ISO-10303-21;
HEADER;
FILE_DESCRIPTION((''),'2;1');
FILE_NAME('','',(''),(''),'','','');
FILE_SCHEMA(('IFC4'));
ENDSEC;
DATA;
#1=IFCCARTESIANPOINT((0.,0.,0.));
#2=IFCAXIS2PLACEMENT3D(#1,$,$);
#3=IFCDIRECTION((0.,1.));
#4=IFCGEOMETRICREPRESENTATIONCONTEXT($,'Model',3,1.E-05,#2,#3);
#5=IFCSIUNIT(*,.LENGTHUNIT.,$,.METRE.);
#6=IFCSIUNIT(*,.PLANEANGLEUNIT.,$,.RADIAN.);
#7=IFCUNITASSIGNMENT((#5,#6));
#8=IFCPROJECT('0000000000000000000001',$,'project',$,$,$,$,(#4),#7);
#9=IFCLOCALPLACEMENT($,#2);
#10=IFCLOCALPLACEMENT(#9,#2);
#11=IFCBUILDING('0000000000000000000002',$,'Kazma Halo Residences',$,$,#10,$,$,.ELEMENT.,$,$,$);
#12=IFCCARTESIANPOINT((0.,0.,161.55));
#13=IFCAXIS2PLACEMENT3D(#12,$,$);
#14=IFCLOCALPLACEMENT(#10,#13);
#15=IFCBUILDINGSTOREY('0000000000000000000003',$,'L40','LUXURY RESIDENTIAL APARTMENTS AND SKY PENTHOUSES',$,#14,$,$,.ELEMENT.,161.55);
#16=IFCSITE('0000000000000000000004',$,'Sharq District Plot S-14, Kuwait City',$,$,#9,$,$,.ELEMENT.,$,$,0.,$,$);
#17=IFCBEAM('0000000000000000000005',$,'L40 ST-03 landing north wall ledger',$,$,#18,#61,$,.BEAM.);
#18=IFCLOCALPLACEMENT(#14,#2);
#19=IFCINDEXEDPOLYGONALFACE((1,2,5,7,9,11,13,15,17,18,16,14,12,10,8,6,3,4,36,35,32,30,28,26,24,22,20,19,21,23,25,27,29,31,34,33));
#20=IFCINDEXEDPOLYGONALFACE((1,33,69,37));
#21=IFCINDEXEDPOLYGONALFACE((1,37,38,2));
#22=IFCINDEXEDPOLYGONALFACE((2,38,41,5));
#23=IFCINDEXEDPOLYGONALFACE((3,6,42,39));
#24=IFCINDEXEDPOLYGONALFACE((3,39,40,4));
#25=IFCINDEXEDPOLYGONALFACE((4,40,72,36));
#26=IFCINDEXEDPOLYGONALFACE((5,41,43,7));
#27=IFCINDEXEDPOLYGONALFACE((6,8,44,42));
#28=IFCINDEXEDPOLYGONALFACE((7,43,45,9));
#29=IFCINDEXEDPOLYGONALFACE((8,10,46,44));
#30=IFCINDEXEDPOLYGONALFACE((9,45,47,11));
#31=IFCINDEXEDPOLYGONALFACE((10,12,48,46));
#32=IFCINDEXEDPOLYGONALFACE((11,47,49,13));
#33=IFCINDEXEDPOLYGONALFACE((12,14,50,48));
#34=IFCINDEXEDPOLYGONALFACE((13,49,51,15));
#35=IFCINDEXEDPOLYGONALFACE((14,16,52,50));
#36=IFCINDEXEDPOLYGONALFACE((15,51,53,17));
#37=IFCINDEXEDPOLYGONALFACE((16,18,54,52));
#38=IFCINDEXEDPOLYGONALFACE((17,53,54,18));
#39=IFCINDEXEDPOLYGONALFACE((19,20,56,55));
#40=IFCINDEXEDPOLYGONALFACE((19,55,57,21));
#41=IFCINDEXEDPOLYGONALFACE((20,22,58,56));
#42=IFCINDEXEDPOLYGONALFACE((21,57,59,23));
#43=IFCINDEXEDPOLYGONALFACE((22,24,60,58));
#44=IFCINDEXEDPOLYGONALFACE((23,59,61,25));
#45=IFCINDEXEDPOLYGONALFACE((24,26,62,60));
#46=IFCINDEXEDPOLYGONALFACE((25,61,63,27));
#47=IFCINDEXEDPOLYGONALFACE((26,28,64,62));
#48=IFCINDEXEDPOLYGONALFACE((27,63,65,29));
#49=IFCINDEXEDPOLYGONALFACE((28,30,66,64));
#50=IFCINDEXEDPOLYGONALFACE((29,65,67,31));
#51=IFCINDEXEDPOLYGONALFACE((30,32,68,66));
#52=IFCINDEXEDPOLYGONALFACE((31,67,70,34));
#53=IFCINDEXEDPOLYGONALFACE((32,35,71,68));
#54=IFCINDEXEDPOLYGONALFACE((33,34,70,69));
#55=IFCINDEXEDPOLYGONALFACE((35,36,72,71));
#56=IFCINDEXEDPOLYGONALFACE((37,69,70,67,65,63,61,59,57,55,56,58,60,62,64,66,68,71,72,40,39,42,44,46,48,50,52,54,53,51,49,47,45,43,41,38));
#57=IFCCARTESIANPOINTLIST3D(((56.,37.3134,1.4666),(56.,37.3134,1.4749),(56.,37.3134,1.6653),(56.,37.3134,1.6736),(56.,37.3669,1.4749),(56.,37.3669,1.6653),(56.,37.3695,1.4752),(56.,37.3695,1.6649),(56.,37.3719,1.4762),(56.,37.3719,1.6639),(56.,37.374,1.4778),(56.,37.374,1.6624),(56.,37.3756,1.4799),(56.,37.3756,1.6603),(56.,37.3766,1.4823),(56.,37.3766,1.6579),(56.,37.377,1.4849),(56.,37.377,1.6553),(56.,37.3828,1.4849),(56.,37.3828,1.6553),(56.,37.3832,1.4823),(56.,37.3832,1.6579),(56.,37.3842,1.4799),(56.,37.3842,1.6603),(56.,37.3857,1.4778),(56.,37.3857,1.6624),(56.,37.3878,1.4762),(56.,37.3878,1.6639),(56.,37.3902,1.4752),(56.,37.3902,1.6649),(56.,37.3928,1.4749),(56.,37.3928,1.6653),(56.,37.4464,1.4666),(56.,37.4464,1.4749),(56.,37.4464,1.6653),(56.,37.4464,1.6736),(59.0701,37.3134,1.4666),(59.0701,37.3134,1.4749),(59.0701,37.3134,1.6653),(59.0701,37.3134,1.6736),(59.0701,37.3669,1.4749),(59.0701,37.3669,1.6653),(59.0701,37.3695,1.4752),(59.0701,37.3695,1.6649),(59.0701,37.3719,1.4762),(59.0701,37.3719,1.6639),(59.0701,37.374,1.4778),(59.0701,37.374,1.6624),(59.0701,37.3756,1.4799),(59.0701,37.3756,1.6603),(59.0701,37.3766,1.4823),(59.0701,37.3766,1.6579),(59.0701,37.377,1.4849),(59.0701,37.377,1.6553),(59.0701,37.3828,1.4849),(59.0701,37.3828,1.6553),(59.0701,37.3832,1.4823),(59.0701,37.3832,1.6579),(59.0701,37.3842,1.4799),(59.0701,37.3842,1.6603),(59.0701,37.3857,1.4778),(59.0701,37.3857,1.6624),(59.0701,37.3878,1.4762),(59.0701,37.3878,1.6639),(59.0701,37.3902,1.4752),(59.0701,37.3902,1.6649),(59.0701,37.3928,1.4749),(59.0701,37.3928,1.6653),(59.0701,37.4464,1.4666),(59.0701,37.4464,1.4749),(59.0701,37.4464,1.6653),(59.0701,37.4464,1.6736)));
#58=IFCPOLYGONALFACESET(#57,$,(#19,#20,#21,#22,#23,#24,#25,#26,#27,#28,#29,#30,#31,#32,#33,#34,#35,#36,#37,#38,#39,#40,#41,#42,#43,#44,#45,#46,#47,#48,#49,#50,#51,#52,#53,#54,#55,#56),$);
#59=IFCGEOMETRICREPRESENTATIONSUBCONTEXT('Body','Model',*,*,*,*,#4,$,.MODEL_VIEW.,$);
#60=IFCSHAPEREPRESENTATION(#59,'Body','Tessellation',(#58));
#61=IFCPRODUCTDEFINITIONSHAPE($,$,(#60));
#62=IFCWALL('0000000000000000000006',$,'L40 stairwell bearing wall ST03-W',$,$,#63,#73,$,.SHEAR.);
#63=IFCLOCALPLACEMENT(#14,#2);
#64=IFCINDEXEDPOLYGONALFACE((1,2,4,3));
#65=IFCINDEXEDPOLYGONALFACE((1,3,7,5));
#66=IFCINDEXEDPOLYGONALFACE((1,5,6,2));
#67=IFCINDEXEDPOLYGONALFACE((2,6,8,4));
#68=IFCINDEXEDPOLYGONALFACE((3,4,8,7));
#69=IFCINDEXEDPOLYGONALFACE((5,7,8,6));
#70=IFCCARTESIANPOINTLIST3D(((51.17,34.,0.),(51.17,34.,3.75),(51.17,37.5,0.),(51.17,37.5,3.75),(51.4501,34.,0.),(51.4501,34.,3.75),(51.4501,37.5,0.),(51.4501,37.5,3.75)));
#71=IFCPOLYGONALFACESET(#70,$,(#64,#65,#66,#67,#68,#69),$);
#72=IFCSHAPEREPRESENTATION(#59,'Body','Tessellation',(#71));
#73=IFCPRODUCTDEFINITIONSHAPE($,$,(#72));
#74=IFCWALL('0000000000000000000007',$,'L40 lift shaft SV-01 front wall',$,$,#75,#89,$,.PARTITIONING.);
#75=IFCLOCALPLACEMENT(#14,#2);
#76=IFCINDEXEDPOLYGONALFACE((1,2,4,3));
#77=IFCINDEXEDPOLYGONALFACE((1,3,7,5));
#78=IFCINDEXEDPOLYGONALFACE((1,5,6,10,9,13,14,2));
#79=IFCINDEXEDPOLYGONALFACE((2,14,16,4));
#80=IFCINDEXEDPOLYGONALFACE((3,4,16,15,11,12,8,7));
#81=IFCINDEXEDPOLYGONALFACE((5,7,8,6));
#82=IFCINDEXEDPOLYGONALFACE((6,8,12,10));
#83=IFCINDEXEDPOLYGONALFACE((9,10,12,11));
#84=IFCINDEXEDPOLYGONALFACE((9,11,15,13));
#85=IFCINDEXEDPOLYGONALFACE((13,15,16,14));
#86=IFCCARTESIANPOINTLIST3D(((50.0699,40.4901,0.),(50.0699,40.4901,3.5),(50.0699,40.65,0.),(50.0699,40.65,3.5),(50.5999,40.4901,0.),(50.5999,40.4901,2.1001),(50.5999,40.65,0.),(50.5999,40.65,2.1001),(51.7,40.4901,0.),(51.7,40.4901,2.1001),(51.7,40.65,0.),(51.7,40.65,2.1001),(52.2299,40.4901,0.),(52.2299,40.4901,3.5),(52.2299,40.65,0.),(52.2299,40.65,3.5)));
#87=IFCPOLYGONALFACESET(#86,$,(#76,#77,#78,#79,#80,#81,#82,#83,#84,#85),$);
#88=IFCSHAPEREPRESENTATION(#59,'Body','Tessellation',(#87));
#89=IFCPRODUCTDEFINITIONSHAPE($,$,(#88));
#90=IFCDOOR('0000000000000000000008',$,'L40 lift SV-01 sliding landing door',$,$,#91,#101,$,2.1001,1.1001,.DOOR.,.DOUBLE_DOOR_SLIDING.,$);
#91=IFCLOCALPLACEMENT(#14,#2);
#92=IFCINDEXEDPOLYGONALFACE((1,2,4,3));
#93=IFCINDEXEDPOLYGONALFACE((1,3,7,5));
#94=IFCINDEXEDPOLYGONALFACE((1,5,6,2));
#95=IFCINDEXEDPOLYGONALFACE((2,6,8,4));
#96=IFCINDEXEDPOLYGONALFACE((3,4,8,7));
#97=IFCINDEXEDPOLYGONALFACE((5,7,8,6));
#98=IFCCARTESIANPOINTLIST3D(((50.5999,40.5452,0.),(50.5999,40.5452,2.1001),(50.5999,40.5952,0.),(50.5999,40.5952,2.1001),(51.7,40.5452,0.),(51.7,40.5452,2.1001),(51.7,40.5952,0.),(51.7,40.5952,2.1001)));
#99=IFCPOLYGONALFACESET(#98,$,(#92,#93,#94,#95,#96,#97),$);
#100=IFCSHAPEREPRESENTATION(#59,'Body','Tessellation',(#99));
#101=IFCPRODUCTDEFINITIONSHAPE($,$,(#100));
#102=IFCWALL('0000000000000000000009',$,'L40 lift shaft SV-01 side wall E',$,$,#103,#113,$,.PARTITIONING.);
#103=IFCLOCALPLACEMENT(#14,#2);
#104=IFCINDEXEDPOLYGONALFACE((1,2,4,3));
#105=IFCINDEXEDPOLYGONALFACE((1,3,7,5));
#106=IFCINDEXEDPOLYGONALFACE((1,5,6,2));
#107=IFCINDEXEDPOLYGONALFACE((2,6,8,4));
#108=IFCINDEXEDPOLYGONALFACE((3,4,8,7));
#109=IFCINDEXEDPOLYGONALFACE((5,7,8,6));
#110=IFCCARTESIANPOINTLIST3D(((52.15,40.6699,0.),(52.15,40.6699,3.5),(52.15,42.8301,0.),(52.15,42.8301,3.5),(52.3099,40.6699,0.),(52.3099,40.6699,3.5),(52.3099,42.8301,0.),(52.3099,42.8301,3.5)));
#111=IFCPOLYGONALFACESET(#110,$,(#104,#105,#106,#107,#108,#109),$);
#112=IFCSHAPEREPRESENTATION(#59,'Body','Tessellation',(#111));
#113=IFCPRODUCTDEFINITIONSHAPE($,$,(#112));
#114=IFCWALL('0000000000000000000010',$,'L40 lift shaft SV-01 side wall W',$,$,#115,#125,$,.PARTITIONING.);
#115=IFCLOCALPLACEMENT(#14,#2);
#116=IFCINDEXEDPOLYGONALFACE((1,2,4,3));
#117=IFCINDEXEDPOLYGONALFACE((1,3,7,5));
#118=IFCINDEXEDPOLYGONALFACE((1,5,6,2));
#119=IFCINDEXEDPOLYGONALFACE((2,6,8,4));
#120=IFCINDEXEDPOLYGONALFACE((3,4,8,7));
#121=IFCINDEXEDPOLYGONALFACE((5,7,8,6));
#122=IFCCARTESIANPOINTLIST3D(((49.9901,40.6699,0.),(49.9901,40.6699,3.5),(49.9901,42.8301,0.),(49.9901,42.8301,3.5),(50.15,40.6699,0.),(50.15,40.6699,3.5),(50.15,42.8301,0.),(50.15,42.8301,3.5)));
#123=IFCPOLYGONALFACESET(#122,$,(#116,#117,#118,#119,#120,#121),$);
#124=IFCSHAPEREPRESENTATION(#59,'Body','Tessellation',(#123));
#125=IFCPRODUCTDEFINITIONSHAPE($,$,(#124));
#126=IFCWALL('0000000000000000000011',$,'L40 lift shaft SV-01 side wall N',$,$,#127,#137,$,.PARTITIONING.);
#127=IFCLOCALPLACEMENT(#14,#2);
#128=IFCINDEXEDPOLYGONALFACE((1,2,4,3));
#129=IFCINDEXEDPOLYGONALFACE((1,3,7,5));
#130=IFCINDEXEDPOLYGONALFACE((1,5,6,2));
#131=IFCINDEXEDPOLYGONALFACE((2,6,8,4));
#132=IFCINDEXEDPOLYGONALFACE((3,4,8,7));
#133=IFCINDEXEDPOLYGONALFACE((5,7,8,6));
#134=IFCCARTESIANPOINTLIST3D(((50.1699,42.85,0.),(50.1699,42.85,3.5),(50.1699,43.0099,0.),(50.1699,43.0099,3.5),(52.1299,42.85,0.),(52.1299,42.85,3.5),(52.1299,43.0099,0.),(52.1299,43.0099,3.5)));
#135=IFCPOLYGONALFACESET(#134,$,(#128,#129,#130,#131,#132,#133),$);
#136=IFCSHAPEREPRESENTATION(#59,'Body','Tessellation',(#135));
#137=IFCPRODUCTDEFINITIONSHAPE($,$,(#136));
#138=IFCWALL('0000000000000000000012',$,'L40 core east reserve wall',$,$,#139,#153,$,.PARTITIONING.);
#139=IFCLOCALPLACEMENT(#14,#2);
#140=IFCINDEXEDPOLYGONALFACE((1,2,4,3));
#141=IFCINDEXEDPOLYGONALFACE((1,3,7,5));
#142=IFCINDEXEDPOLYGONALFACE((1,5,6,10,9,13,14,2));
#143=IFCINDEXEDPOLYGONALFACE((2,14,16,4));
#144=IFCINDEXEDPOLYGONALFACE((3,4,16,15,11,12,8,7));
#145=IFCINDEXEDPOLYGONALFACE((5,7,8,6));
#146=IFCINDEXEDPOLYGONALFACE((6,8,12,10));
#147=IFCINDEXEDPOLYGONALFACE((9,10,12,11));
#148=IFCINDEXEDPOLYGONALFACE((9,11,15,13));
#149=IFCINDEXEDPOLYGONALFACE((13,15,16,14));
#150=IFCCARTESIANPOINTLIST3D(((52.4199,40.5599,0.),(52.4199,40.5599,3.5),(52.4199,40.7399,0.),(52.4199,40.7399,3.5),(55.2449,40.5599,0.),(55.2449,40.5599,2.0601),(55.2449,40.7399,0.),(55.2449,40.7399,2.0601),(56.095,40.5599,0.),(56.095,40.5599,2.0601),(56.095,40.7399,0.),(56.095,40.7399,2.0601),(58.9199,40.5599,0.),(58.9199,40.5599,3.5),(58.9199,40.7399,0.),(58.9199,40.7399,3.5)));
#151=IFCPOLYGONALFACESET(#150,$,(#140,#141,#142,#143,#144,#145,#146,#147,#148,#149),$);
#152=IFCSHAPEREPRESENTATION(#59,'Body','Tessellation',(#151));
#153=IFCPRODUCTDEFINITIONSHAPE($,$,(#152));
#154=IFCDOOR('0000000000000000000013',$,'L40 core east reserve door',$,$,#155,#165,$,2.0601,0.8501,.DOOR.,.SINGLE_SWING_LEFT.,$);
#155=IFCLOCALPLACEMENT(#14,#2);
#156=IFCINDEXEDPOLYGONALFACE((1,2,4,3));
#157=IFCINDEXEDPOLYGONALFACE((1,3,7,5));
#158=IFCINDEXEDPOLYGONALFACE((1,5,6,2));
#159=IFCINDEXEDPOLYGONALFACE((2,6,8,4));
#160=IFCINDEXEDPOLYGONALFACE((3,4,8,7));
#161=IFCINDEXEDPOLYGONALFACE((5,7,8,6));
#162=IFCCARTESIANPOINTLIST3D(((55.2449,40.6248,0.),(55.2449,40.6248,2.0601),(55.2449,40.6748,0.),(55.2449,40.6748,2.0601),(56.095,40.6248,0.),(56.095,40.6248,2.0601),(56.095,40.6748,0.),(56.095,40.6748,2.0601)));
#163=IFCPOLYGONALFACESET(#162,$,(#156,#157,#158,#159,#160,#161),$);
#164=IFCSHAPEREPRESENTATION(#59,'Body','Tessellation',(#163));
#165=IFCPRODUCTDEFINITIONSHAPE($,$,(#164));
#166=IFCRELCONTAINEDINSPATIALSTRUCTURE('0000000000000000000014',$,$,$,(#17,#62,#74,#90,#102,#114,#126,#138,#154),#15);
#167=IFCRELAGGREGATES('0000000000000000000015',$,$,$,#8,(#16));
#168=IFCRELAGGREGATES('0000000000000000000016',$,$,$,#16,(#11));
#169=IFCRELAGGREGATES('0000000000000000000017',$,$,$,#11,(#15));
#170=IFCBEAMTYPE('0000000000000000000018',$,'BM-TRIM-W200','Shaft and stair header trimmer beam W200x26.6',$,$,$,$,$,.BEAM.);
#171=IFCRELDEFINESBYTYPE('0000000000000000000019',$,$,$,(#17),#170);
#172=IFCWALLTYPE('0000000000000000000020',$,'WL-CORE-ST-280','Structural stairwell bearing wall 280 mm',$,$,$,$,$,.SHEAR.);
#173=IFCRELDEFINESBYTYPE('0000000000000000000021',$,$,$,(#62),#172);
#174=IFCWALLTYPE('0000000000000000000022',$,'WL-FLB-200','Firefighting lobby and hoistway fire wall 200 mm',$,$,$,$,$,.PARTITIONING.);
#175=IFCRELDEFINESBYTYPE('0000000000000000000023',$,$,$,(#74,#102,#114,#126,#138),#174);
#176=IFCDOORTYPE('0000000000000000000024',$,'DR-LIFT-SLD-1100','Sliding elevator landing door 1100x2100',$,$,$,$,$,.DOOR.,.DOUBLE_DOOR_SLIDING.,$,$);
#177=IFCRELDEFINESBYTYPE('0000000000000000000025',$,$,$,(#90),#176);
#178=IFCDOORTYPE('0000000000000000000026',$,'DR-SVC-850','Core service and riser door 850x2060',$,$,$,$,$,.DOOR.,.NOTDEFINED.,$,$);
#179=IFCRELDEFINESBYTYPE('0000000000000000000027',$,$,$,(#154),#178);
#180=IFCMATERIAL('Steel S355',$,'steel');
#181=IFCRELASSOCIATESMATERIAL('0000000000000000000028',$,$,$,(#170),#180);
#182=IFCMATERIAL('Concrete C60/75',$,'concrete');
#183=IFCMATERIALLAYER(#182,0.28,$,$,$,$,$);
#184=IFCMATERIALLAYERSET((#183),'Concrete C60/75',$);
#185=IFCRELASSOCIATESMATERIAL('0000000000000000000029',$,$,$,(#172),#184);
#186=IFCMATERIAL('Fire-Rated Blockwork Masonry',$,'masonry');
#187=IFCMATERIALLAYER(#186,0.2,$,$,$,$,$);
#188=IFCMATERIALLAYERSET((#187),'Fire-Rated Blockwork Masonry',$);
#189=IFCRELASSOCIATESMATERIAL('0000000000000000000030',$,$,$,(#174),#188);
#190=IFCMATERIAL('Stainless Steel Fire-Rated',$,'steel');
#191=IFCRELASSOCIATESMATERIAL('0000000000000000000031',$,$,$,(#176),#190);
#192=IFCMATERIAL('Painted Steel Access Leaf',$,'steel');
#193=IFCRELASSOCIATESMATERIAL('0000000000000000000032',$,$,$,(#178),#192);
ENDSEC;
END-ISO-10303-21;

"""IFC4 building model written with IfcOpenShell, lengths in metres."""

from ifc_helpers import new_model, si_unit, direction, frame, frame_2d, origin, origin_2d, place, context, subcontext, project, spatial, rectangle, i_section, extrude, material, layer, layer_set, material_profile, profile_set, type_object, element, fill, save


model = new_model("IFC4")

# Units and contexts
model_context = context("Model", 3, precision=1e-05, world=origin(), true_north=direction((0.0, 1.0)))
body_context = subcontext(model_context, "Body", "Model", "MODEL_VIEW")
ifc_project = project(units=[si_unit("LENGTHUNIT", "METRE"), si_unit("PLANEANGLEUNIT", "RADIAN")], contexts=[model_context])

# Site, building, storey
site_placement = place(None, origin())
site = spatial("IfcSite", under=ifc_project, at=site_placement, Name="Sharq District Plot S-14, Kuwait City", CompositionType="ELEMENT", RefElevation=0.0)
building_placement = place(site_placement, origin())
building = spatial("IfcBuilding", under=site, at=building_placement, Name="Kazma Halo Residences", CompositionType="ELEMENT")
storey_placement = place(building_placement, frame((0.0, 0.0, 161.55)))
storey = spatial("IfcBuildingStorey", under=building, at=storey_placement, Name="L40", Description="LUXURY RESIDENTIAL APARTMENTS AND SKY PENTHOUSES", CompositionType="ELEMENT", Elevation=161.55)

# Shared definitions
ifc_material_1 = material(Name="Steel S355", Category="steel")

# Beam
ifc_material_profile_1 = material_profile(ifc_material_1, i_section(OverallWidth=0.1331, OverallDepth=0.207, WebThickness=0.0059, FlangeThickness=0.0083, FilletRadius=0.01, at=origin_2d()), Name="W200x26.6")
ifc_profile_set_1 = profile_set([ifc_material_profile_1], Name="Steel S355")
beam_type = type_object("IfcBeamType", Name="BM-TRIM-W200", Description="Shaft and stair header trimmer beam W200x26.6", PredefinedType="BEAM", material=ifc_profile_set_1)
beam_1_placement = place(storey_placement, frame((56.0, 37.3799, 1.5701), z_axis=(1.0, 0.0, 0.0), x_axis=(0.0, 1.0, 0.0)))
element("IfcBeam", 1, at=beam_1_placement, inside=storey, type_object=beam_type, Name="L40 ST-03 landing north wall ledger", PredefinedType="BEAM", context=body_context, shape_type="SweptSolid", body=[
    extrude(i_section(OverallWidth=0.1331, OverallDepth=0.207, WebThickness=0.0059, FlangeThickness=0.0083, FilletRadius=0.01, at=origin_2d()), origin(), (0.0, 0.0, 1.0), 3.0701),
])

# Wall
ifc_material_2 = material(Name="Concrete C60/75", Category="concrete")
ifc_layer_1 = layer(ifc_material_2, 0.28)
ifc_layer_set_1 = layer_set([ifc_layer_1], Name="Concrete C60/75")
wall_type_1 = type_object("IfcWallType", Name="WL-CORE-ST-280", Description="Structural stairwell bearing wall 280 mm", PredefinedType="SHEAR", material=ifc_layer_set_1)
wall_1_placement = place(storey_placement, frame((51.3101, 34.0, 0.0), z_axis=(0.0, 0.0, 1.0), x_axis=(0.0, 1.0, 0.0)))
element("IfcWall", 2, at=wall_1_placement, inside=storey, type_object=wall_type_1, Name="L40 stairwell bearing wall ST03-W", PredefinedType="SHEAR", context=body_context, shape_type="SweptSolid", body=[
    extrude(rectangle(XDim=3.5, YDim=0.28, at=frame_2d((1.75, 0.0))), origin(), (0.0, 0.0, 1.0), 3.75),
])

# Wall, opening, door
ifc_material_3 = material(Name="Fire-Rated Blockwork Masonry", Category="masonry")
ifc_layer_2 = layer(ifc_material_3, 0.2)
ifc_layer_set_2 = layer_set([ifc_layer_2], Name="Fire-Rated Blockwork Masonry")
wall_type_2 = type_object("IfcWallType", Name="WL-FLB-200", Description="Firefighting lobby and hoistway fire wall 200 mm", PredefinedType="PARTITIONING", material=ifc_layer_set_2)
wall_2_placement = place(storey_placement, frame((52.23, 40.5701, 0.0), z_axis=(0.0, 0.0, 1.0), x_axis=(-1.0, 0.0, 0.0)))
wall_2 = element("IfcWall", 3, at=wall_2_placement, inside=storey, type_object=wall_type_2, Name="L40 lift shaft SV-01 front wall", PredefinedType="PARTITIONING", context=body_context, shape_type="SweptSolid", body=[
    extrude(rectangle(XDim=2.1599, YDim=0.1599, at=frame_2d((1.0801, 0.0))), origin(), (0.0, 0.0, 1.0), 3.5),
])
opening_1_placement = place(wall_2_placement, frame((0.53, 0.0, 0.0)))
opening_1 = element("IfcOpeningElement", 4, at=opening_1_placement, cuts=wall_2, PredefinedType="OPENING", context=body_context, shape_type="SweptSolid", body=[
    extrude(rectangle(XDim=1.1001, YDim=2.1001, at=frame_2d((0.55, 1.05))), frame((0.0, 0.0898, 0.0), z_axis=(0.0, -1.0, 0.0), x_axis=(1.0, 0.0, 0.0)), (0.0, 0.0, 1.0), 0.1799),
])
ifc_material_4 = material(Name="Stainless Steel Fire-Rated", Category="steel")
door_type_1 = type_object("IfcDoorType", Name="DR-LIFT-SLD-1100", Description="Sliding elevator landing door 1100x2100", OperationType="DOUBLE_DOOR_SLIDING", PredefinedType="DOOR", material=ifc_material_4)
door_1_placement = place(opening_1_placement, origin())
door_1 = element("IfcDoor", 5, at=door_1_placement, inside=storey, type_object=door_type_1, Name="L40 lift SV-01 sliding landing door", OperationType="DOUBLE_DOOR_SLIDING", OverallHeight=2.1001, OverallWidth=1.1001, PredefinedType="DOOR", context=body_context, shape_type="SweptSolid", body=[
    extrude(rectangle(XDim=1.1001, YDim=2.1001, at=frame_2d((0.55, 1.05))), frame((0.0, 0.0249, 0.0), z_axis=(0.0, -1.0, 0.0), x_axis=(1.0, 0.0, 0.0)), (0.0, 0.0, 1.0), 0.05),
])
fill(opening_1, door_1)

# Walls
for number, where, z_axis, x_axis, name in (
    (6, (52.23, 40.6699, 0.0), (0.0, 0.0, 1.0), (0.0, 1.0, 0.0), "L40 lift shaft SV-01 side wall E"),
    (7, (50.0701, 40.6699, 0.0), (0.0, 0.0, 1.0), (0.0, 1.0, 0.0), "L40 lift shaft SV-01 side wall W"),
):
    element("IfcWall", number, at=place(storey_placement, frame(where, z_axis=z_axis, x_axis=x_axis)), inside=storey, type_object=wall_type_2, Name=name, PredefinedType="PARTITIONING", context=body_context, shape_type="SweptSolid", body=[
        extrude(rectangle(XDim=2.1602, YDim=0.1599, at=frame_2d((1.0801, 0.0))), origin(), (0.0, 0.0, 1.0), 3.5),
    ])
wall_3_placement = place(storey_placement, frame((50.1699, 42.9299, 0.0), z_axis=(0.0, 0.0, 1.0), x_axis=(1.0, 0.0, 0.0)))
element("IfcWall", 8, at=wall_3_placement, inside=storey, type_object=wall_type_2, Name="L40 lift shaft SV-01 side wall N", PredefinedType="PARTITIONING", context=body_context, shape_type="SweptSolid", body=[
    extrude(rectangle(XDim=1.96, YDim=0.1599, at=frame_2d((0.98, 0.0))), origin(), (0.0, 0.0, 1.0), 3.5),
])

# Wall, opening, door
wall_4_placement = place(storey_placement, frame((52.4199, 40.6499, 0.0), z_axis=(0.0, 0.0, 1.0), x_axis=(1.0, 0.0, 0.0)))
wall_4 = element("IfcWall", 9, at=wall_4_placement, inside=storey, type_object=wall_type_2, Name="L40 core east reserve wall", PredefinedType="PARTITIONING", context=body_context, shape_type="SweptSolid", body=[
    extrude(rectangle(XDim=6.5, YDim=0.1799, at=frame_2d((3.25, 0.0))), origin(), (0.0, 0.0, 1.0), 3.5),
])
opening_2_placement = place(wall_4_placement, frame((2.825, 0.0, 0.0)))
opening_2 = element("IfcOpeningElement", 10, at=opening_2_placement, cuts=wall_4, PredefinedType="OPENING", context=body_context, shape_type="SweptSolid", body=[
    extrude(rectangle(XDim=0.8501, YDim=2.0601, at=frame_2d((0.425, 1.03))), frame((0.0, 0.0999, 0.0), z_axis=(0.0, -1.0, 0.0), x_axis=(1.0, 0.0, 0.0)), (0.0, 0.0, 1.0), 0.2),
])
ifc_material_5 = material(Name="Painted Steel Access Leaf", Category="steel")
door_type_2 = type_object("IfcDoorType", Name="DR-SVC-850", Description="Core service and riser door 850x2060", OperationType="NOTDEFINED", PredefinedType="DOOR", material=ifc_material_5)
door_2_placement = place(opening_2_placement, origin())
door_2 = element("IfcDoor", 11, at=door_2_placement, inside=storey, type_object=door_type_2, Name="L40 core east reserve door", OperationType="SINGLE_SWING_LEFT", OverallHeight=2.0601, OverallWidth=0.8501, PredefinedType="DOOR", context=body_context, shape_type="SweptSolid", body=[
    extrude(rectangle(XDim=0.8501, YDim=2.0601, at=frame_2d((0.425, 1.03))), frame((0.0, 0.0249, 0.0), z_axis=(0.0, -1.0, 0.0), x_axis=(1.0, 0.0, 0.0)), (0.0, 0.0, 1.0), 0.05),
])
fill(opening_2, door_2)

save(model, "model.ifc")
